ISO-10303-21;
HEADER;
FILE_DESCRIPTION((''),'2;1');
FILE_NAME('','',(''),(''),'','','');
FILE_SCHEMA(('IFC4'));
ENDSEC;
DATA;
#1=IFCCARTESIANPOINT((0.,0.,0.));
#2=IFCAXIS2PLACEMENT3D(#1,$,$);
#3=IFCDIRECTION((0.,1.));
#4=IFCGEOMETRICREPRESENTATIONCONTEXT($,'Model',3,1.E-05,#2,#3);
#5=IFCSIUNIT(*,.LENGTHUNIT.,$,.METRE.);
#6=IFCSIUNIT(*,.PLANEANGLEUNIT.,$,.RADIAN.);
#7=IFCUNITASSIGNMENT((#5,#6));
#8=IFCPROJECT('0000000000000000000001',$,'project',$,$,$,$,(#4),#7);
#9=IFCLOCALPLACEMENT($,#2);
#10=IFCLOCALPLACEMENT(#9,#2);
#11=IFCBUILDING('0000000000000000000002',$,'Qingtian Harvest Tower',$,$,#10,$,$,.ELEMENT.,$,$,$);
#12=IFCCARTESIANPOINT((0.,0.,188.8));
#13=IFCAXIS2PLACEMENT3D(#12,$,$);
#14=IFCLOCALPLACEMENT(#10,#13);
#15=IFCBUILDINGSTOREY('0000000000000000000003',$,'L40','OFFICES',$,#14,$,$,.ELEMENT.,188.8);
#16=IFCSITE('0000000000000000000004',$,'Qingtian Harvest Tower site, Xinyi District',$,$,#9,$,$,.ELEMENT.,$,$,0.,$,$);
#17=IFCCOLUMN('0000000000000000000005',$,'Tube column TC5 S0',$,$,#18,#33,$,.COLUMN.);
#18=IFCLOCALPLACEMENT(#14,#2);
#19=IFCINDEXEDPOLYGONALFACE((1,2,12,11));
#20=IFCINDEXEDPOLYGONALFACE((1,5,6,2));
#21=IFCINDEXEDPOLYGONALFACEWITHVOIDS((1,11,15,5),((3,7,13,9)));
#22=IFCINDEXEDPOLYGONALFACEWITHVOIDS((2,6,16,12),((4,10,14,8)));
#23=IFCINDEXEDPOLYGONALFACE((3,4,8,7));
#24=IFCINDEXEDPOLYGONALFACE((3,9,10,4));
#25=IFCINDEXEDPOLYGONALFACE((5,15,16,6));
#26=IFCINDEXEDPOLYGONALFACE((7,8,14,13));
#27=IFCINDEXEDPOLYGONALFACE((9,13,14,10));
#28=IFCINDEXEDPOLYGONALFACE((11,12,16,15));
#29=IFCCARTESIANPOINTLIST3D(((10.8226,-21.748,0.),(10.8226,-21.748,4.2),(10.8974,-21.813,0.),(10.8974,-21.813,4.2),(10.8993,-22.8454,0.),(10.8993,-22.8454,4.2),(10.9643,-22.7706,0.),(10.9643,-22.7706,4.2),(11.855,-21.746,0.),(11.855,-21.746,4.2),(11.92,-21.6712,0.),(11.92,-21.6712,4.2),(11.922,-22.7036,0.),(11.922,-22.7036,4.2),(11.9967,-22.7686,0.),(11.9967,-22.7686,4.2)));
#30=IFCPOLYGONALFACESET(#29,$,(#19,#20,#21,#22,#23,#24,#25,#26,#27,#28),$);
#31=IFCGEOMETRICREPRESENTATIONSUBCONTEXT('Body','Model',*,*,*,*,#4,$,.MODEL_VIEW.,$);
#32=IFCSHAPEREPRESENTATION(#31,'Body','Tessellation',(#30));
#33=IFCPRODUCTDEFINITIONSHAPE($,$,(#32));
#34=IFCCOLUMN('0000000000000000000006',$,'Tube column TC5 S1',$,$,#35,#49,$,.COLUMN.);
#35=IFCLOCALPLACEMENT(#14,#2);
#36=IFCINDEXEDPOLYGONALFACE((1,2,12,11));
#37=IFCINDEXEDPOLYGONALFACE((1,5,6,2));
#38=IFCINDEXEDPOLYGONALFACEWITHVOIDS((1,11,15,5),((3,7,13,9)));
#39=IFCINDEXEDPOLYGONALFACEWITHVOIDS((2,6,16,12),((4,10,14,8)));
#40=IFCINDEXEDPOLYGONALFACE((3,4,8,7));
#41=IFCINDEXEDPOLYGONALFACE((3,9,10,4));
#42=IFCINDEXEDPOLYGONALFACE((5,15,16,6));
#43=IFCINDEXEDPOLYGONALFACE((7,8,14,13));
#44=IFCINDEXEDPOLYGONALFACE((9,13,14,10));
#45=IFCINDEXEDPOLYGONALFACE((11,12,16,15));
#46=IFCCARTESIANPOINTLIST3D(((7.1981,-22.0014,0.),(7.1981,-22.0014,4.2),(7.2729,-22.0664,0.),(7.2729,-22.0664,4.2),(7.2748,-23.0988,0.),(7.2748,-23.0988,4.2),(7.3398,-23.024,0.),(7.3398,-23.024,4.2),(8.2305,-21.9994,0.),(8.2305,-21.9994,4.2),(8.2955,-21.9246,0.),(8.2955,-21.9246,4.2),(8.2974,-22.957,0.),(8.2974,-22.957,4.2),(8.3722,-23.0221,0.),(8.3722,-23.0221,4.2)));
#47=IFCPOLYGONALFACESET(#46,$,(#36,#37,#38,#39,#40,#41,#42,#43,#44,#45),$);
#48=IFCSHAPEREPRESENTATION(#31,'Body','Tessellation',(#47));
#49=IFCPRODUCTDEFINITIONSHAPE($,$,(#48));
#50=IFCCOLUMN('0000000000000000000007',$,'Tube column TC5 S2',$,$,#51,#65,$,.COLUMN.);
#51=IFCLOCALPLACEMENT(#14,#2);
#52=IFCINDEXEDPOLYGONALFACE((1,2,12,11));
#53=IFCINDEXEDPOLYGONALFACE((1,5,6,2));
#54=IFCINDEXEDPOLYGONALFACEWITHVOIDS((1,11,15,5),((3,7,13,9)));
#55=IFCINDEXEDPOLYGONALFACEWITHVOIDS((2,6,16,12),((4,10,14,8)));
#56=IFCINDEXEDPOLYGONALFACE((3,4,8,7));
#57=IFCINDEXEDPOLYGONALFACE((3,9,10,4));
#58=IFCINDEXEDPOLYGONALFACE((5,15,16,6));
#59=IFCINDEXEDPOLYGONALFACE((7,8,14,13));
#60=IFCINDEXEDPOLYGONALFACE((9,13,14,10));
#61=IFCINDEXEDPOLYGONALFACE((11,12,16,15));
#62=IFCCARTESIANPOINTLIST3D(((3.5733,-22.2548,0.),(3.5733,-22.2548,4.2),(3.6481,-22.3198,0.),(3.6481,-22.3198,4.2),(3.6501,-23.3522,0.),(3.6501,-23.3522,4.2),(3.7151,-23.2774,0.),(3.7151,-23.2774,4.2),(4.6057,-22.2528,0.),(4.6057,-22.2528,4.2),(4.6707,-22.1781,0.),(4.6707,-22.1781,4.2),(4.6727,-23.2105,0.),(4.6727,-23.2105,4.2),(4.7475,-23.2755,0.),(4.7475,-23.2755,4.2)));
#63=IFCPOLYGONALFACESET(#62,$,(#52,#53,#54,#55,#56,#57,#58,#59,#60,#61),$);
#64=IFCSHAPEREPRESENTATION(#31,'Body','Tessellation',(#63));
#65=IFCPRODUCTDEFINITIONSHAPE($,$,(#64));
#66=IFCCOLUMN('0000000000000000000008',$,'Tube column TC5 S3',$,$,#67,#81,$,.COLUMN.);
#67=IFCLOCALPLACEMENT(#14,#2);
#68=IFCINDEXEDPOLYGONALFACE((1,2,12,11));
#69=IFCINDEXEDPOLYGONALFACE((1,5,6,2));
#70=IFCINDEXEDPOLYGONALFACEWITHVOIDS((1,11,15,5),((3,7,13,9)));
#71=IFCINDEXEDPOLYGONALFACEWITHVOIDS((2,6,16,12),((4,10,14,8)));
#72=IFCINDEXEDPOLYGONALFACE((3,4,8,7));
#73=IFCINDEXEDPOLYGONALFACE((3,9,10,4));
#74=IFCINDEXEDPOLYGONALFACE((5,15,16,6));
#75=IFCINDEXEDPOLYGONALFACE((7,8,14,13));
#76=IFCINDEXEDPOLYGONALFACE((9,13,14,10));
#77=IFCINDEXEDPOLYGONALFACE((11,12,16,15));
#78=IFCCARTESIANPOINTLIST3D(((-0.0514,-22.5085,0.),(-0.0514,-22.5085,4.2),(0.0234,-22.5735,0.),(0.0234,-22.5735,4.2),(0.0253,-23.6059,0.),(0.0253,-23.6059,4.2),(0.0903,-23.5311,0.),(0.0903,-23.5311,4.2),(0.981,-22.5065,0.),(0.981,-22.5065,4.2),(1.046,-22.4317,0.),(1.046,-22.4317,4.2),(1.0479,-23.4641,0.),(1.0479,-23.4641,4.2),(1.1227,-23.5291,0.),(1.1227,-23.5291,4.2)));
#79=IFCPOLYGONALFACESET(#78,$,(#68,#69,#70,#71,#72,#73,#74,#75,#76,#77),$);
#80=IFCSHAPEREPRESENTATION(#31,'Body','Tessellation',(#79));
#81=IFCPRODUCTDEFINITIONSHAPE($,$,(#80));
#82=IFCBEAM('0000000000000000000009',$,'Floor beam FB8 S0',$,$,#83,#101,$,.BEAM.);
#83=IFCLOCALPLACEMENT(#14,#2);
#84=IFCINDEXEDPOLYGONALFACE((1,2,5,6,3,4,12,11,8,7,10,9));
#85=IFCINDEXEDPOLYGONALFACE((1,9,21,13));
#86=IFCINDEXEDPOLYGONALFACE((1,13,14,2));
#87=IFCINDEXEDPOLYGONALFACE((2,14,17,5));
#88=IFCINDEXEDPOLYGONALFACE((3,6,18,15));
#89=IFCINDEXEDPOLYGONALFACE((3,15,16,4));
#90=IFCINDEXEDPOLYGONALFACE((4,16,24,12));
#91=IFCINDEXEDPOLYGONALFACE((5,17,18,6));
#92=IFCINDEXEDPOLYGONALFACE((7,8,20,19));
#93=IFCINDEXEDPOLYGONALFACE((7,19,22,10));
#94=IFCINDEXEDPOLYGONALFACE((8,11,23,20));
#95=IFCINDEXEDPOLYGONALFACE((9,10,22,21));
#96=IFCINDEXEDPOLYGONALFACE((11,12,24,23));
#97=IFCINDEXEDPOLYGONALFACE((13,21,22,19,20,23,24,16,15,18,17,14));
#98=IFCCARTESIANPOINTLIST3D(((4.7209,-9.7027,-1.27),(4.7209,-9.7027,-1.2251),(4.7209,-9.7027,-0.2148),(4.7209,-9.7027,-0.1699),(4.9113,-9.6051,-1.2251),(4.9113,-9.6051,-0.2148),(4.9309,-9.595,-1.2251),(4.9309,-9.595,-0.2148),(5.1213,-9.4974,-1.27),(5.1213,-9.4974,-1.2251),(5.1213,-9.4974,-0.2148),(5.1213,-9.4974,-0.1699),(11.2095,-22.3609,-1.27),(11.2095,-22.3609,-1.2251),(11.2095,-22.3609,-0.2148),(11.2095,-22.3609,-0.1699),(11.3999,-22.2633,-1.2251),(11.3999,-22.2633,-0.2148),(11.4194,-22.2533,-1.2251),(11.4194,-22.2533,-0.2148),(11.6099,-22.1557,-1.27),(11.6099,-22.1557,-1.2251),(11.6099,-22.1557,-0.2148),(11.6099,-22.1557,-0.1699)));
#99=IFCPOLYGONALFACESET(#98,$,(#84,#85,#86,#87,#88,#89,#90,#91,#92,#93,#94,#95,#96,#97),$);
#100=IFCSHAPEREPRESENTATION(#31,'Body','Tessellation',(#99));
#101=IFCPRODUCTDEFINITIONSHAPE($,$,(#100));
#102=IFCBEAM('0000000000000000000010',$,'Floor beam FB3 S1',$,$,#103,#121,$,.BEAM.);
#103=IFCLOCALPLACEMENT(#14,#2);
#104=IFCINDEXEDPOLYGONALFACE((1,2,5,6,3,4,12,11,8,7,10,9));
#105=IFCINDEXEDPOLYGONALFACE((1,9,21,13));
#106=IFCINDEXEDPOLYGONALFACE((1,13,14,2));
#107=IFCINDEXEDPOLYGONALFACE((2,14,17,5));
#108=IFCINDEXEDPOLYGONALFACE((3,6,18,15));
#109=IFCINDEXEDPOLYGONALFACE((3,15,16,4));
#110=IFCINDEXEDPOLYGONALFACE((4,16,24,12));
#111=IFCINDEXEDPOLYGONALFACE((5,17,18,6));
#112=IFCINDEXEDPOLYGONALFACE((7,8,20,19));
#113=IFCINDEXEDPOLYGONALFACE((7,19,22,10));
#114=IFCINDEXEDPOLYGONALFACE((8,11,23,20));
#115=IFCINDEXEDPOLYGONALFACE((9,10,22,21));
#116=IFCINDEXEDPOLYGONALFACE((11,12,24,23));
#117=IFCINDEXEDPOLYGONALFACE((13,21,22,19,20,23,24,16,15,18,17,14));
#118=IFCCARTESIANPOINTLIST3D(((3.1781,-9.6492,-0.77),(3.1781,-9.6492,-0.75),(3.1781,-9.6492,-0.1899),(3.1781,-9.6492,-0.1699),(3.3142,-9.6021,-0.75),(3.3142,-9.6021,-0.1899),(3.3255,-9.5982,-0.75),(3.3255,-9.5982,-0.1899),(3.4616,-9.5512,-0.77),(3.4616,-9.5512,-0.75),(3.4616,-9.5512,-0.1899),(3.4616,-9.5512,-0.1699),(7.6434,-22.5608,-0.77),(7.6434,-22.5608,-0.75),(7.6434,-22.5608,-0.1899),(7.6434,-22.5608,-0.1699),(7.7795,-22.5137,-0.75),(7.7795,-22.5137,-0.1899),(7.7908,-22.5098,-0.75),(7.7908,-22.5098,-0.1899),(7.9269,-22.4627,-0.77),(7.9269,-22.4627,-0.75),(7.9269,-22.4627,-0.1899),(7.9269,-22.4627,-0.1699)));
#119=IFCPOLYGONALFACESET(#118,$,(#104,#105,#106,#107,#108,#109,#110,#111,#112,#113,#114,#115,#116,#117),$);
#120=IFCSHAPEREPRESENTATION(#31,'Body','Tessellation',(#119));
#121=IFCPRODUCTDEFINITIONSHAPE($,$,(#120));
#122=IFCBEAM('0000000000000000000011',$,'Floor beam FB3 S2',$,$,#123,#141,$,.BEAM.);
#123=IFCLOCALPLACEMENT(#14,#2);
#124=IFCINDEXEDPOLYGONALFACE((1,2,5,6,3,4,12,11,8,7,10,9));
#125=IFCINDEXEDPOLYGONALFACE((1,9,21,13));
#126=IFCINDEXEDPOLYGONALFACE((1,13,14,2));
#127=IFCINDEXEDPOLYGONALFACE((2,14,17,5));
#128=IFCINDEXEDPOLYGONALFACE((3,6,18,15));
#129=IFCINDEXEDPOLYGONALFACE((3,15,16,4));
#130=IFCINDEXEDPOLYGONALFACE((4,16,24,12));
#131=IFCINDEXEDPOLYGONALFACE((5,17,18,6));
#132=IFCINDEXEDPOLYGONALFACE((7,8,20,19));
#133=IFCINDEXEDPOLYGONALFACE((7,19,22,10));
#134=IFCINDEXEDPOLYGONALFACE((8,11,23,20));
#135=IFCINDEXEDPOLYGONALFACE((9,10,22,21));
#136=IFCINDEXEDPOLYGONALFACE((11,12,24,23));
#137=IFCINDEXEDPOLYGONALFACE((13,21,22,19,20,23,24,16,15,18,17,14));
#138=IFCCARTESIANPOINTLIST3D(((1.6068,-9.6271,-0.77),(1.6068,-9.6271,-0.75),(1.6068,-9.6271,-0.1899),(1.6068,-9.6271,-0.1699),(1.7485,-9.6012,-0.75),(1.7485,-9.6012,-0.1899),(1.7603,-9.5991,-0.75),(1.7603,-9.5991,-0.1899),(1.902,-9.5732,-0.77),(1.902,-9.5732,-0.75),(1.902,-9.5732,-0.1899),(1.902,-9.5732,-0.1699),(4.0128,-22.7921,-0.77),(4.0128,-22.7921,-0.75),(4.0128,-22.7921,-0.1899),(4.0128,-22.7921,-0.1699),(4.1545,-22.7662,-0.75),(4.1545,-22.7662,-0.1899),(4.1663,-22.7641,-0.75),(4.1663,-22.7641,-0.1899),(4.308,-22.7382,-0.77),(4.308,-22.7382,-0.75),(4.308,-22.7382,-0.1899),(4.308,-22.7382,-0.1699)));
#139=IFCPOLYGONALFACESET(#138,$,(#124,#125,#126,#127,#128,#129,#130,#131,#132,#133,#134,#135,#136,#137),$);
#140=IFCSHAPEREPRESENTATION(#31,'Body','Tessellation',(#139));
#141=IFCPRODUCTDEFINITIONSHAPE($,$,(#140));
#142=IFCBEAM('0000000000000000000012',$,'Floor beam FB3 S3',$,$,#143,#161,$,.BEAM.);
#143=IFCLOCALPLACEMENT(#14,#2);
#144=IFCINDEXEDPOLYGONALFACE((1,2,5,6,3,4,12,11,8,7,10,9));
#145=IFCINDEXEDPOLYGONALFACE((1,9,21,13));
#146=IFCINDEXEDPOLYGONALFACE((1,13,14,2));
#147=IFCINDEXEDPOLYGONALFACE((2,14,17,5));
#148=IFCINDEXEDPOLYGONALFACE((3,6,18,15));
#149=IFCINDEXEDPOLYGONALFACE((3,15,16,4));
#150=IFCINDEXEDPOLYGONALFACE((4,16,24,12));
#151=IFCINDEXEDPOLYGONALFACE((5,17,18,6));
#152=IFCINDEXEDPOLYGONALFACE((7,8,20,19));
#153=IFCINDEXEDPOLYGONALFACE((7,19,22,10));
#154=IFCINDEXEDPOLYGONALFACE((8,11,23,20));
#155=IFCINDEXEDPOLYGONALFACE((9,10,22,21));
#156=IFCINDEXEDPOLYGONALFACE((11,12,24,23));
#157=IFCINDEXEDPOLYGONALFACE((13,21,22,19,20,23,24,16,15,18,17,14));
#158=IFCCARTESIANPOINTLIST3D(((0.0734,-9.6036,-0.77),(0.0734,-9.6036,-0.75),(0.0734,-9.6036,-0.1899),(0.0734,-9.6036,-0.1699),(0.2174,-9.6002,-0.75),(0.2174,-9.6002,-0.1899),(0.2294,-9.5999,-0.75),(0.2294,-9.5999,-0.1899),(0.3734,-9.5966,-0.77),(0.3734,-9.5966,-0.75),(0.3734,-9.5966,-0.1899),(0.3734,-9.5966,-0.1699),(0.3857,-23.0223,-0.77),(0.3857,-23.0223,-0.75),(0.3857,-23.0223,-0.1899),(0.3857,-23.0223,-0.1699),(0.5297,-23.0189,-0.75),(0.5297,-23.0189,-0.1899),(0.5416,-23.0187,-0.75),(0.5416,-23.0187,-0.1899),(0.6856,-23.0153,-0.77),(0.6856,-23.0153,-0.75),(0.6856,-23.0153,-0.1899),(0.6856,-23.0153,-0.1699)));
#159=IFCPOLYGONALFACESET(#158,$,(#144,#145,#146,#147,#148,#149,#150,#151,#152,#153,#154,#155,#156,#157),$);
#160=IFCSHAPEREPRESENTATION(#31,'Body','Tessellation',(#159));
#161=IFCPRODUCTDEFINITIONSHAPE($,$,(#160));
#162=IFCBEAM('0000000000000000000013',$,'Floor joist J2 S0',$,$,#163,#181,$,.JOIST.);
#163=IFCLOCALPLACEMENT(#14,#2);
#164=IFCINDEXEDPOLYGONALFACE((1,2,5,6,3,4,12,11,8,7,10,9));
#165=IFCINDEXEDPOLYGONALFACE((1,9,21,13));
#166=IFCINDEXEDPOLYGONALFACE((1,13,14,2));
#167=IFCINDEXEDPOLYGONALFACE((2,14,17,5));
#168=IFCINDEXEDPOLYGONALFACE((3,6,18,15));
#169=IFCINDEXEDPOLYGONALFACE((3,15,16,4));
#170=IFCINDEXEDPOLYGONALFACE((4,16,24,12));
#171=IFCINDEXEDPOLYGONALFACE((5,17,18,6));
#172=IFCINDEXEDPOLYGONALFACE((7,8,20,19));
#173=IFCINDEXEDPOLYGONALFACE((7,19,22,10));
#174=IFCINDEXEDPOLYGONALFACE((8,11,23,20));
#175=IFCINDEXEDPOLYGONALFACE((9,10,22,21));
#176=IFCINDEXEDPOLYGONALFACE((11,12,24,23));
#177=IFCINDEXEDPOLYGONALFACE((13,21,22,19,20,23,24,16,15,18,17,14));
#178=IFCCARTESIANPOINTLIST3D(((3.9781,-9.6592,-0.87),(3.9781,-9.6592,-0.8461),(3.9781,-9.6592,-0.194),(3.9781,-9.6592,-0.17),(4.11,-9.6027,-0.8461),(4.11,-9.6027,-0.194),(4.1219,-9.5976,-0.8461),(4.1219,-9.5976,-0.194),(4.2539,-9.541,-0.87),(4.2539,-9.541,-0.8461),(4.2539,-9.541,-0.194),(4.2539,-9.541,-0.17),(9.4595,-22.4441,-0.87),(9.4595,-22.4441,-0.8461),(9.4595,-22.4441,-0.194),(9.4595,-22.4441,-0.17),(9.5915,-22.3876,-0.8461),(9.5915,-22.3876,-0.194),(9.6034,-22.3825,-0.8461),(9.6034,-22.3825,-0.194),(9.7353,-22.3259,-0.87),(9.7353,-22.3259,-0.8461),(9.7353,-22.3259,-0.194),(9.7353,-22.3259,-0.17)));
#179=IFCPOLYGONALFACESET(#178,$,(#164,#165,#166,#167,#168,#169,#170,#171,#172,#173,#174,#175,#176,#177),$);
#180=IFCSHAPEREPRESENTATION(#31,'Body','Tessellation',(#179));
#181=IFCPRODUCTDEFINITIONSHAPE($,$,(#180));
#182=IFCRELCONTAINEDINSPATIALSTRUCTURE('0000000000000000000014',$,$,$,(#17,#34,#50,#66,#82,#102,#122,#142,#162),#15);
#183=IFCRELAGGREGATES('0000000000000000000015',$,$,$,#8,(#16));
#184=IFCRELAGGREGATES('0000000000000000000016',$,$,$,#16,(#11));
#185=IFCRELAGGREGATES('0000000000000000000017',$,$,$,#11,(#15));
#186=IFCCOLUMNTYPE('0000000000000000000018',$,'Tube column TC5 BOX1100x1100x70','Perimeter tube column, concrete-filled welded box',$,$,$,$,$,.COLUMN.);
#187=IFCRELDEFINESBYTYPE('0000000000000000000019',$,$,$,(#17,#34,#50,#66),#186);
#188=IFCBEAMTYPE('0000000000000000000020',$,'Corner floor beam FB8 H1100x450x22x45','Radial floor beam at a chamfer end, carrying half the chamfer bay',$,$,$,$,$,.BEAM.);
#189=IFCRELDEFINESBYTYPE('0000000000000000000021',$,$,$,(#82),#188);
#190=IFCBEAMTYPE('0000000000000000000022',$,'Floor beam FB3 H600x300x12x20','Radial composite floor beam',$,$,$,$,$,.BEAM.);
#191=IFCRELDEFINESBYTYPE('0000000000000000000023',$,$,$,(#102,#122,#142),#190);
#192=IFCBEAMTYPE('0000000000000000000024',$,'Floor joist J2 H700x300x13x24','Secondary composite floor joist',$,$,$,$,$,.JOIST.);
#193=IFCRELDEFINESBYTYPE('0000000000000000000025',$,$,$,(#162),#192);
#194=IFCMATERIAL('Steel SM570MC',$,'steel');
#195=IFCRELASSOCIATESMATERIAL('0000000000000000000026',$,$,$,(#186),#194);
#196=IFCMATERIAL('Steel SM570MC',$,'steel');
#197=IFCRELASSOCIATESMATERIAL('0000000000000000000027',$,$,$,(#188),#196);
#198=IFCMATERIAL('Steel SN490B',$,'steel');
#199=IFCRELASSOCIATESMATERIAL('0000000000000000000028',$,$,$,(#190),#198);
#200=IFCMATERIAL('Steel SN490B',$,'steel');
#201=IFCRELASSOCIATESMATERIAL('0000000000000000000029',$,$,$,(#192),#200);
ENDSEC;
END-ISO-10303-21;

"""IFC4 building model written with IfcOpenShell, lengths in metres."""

from ifc_helpers import new_model, si_unit, direction, frame, origin, origin_2d, place, context, subcontext, project, spatial, hollow_rectangle, i_section, extrude, material, material_profile, profile_set, type_object, element, save


model = new_model("IFC4")

# Units and contexts
model_context = context("Model", 3, precision=1e-05, world=origin(), true_north=direction((0.0, 1.0)))
body_context = subcontext(model_context, "Body", "Model", "MODEL_VIEW")
ifc_project = project(units=[si_unit("LENGTHUNIT", "METRE"), si_unit("PLANEANGLEUNIT", "RADIAN")], contexts=[model_context])

# Site, building, storey
site_placement = place(None, origin())
site = spatial("IfcSite", under=ifc_project, at=site_placement, Name="Qingtian Harvest Tower site, Xinyi District", CompositionType="ELEMENT", RefElevation=0.0)
building_placement = place(site_placement, origin())
building = spatial("IfcBuilding", under=site, at=building_placement, Name="Qingtian Harvest Tower", CompositionType="ELEMENT")
storey_placement = place(building_placement, frame((0.0, 0.0, 188.8)))
storey = spatial("IfcBuildingStorey", under=building, at=storey_placement, Name="L40", Description="OFFICES", CompositionType="ELEMENT", Elevation=188.8)

# Columns
ifc_material_1 = material(Name="Steel SM570MC", Category="steel")
ifc_material_profile_1 = material_profile(ifc_material_1, hollow_rectangle(XDim=1.1001, YDim=1.1001, WallThickness=0.0701, at=origin_2d()), Name="BOX1100x1100x70")
ifc_profile_set_1 = profile_set([ifc_material_profile_1], Name="Steel SM570MC")
column_type = type_object("IfcColumnType", Name="Tube column TC5 BOX1100x1100x70", Description="Perimeter tube column, concrete-filled welded box", PredefinedType="COLUMN", material=ifc_profile_set_1)
for number, where, z_axis, x_axis, name in (
    (1, (11.4097, -22.2583, 0.0), (0.0, 0.0, 1.0), (0.997564, 0.069756, 0.0), "Tube column TC5 S0"),
    (2, (7.7852, -22.5117, 0.0), (0.0, 0.0, 1.0), (0.997564, 0.069756, 0.0), "Tube column TC5 S1"),
    (3, (4.1604, -22.7651, 0.0), (0.0, 0.0, 1.0), (0.997564, 0.069756, 0.0), "Tube column TC5 S2"),
    (4, (0.5356, -23.0188, 0.0), (0.0, 0.0, 1.0), (0.997564, 0.069756, 0.0), "Tube column TC5 S3"),
):
    element("IfcColumn", number, at=place(storey_placement, frame(where, z_axis=z_axis, x_axis=x_axis)), inside=storey, type_object=column_type, Name=name, PredefinedType="COLUMN", context=body_context, shape_type="SweptSolid", body=[
        extrude(hollow_rectangle(XDim=1.1001, YDim=1.1001, WallThickness=0.0701, at=origin_2d()), origin(), (0.0, 0.0, 1.0), 4.2),
    ])

# Beams
ifc_material_2 = material(Name="Steel SM570MC", Category="steel")
ifc_material_profile_2 = material_profile(ifc_material_2, i_section(OverallWidth=0.45, OverallDepth=1.1001, WebThickness=0.022, FlangeThickness=0.0449, at=origin_2d()), Name="H1100x450x22x45")
ifc_profile_set_2 = profile_set([ifc_material_profile_2], Name="Steel SM570MC")
beam_type_1 = type_object("IfcBeamType", Name="Corner floor beam FB8 H1100x450x22x45", Description="Radial floor beam at a chamfer end, carrying half the chamfer bay", PredefinedType="BEAM", material=ifc_profile_set_2)
beam_1_placement = place(storey_placement, frame((11.4097, -22.2583, -0.72), z_axis=(-0.456157, 0.889899, 0.0), x_axis=(-0.889899, -0.456157, 0.0)))
element("IfcBeam", 5, at=beam_1_placement, inside=storey, type_object=beam_type_1, Name="Floor beam FB8 S0", PredefinedType="BEAM", context=body_context, shape_type="SweptSolid", body=[
    extrude(i_section(OverallWidth=0.45, OverallDepth=1.1001, WebThickness=0.022, FlangeThickness=0.0449, at=origin_2d()), origin(), (0.0, 0.0, 1.0), 14.2244),
])
ifc_material_3 = material(Name="Steel SN490B", Category="steel")
ifc_material_profile_3 = material_profile(ifc_material_3, i_section(OverallWidth=0.3, OverallDepth=0.6001, WebThickness=0.012, FlangeThickness=0.02, at=origin_2d()), Name="H600x300x12x20")
ifc_profile_set_3 = profile_set([ifc_material_profile_3], Name="Steel SN490B")
beam_type_2 = type_object("IfcBeamType", Name="Floor beam FB3 H600x300x12x20", Description="Radial composite floor beam", PredefinedType="BEAM", material=ifc_profile_set_3)
beam_2_placement = place(storey_placement, frame((7.7852, -22.5117, -0.47), z_axis=(-0.326844, 0.945078, 0.0), x_axis=(-0.945078, -0.326844, 0.0)))
element("IfcBeam", 6, at=beam_2_placement, inside=storey, type_object=beam_type_2, Name="Floor beam FB3 S1", PredefinedType="BEAM", context=body_context, shape_type="SweptSolid", body=[
    extrude(i_section(OverallWidth=0.3, OverallDepth=0.6001, WebThickness=0.012, FlangeThickness=0.02, at=origin_2d()), origin(), (0.0, 0.0, 1.0), 13.6619),
])
beam_3_placement = place(storey_placement, frame((4.1604, -22.7651, -0.47), z_axis=(-0.17978, 0.983707, 0.0), x_axis=(-0.983707, -0.17978, 0.0)))
element("IfcBeam", 7, at=beam_3_placement, inside=storey, type_object=beam_type_2, Name="Floor beam FB3 S2", PredefinedType="BEAM", context=body_context, shape_type="SweptSolid", body=[
    extrude(i_section(OverallWidth=0.3, OverallDepth=0.6001, WebThickness=0.012, FlangeThickness=0.02, at=origin_2d()), origin(), (0.0, 0.0, 1.0), 13.3831),
])
beam_4_placement = place(storey_placement, frame((0.5356, -23.0188, -0.47), z_axis=(-0.023264, 0.999729, 0.0), x_axis=(-0.999729, -0.023264, 0.0)))
element("IfcBeam", 8, at=beam_4_placement, inside=storey, type_object=beam_type_2, Name="Floor beam FB3 S3", PredefinedType="BEAM", context=body_context, shape_type="SweptSolid", body=[
    extrude(i_section(OverallWidth=0.3, OverallDepth=0.6001, WebThickness=0.012, FlangeThickness=0.02, at=origin_2d()), origin(), (0.0, 0.0, 1.0), 13.4224),
])
ifc_material_4 = material(Name="Steel SN490B", Category="steel")
ifc_material_profile_4 = material_profile(ifc_material_4, i_section(OverallWidth=0.3, OverallDepth=0.7, WebThickness=0.0129, FlangeThickness=0.0239, at=origin_2d()), Name="H700x300x13x24")
ifc_profile_set_4 = profile_set([ifc_material_profile_4], Name="Steel SN490B")
beam_type_3 = type_object("IfcBeamType", Name="Floor joist J2 H700x300x13x24", Description="Secondary composite floor joist", PredefinedType="JOIST", material=ifc_profile_set_4)
beam_5_placement = place(storey_placement, frame((9.5974, -22.385, -0.52), z_axis=(-0.394053, 0.919088, 0.0), x_axis=(-0.919088, -0.394053, 0.0)))
element("IfcBeam", 9, at=beam_5_placement, inside=storey, type_object=beam_type_3, Name="Floor joist J2 S0", PredefinedType="JOIST", context=body_context, shape_type="SweptSolid", body=[
    extrude(i_section(OverallWidth=0.3, OverallDepth=0.7, WebThickness=0.0129, FlangeThickness=0.0239, at=origin_2d()), origin(), (0.0, 0.0, 1.0), 13.9104),
])

save(model, "model.ifc")
